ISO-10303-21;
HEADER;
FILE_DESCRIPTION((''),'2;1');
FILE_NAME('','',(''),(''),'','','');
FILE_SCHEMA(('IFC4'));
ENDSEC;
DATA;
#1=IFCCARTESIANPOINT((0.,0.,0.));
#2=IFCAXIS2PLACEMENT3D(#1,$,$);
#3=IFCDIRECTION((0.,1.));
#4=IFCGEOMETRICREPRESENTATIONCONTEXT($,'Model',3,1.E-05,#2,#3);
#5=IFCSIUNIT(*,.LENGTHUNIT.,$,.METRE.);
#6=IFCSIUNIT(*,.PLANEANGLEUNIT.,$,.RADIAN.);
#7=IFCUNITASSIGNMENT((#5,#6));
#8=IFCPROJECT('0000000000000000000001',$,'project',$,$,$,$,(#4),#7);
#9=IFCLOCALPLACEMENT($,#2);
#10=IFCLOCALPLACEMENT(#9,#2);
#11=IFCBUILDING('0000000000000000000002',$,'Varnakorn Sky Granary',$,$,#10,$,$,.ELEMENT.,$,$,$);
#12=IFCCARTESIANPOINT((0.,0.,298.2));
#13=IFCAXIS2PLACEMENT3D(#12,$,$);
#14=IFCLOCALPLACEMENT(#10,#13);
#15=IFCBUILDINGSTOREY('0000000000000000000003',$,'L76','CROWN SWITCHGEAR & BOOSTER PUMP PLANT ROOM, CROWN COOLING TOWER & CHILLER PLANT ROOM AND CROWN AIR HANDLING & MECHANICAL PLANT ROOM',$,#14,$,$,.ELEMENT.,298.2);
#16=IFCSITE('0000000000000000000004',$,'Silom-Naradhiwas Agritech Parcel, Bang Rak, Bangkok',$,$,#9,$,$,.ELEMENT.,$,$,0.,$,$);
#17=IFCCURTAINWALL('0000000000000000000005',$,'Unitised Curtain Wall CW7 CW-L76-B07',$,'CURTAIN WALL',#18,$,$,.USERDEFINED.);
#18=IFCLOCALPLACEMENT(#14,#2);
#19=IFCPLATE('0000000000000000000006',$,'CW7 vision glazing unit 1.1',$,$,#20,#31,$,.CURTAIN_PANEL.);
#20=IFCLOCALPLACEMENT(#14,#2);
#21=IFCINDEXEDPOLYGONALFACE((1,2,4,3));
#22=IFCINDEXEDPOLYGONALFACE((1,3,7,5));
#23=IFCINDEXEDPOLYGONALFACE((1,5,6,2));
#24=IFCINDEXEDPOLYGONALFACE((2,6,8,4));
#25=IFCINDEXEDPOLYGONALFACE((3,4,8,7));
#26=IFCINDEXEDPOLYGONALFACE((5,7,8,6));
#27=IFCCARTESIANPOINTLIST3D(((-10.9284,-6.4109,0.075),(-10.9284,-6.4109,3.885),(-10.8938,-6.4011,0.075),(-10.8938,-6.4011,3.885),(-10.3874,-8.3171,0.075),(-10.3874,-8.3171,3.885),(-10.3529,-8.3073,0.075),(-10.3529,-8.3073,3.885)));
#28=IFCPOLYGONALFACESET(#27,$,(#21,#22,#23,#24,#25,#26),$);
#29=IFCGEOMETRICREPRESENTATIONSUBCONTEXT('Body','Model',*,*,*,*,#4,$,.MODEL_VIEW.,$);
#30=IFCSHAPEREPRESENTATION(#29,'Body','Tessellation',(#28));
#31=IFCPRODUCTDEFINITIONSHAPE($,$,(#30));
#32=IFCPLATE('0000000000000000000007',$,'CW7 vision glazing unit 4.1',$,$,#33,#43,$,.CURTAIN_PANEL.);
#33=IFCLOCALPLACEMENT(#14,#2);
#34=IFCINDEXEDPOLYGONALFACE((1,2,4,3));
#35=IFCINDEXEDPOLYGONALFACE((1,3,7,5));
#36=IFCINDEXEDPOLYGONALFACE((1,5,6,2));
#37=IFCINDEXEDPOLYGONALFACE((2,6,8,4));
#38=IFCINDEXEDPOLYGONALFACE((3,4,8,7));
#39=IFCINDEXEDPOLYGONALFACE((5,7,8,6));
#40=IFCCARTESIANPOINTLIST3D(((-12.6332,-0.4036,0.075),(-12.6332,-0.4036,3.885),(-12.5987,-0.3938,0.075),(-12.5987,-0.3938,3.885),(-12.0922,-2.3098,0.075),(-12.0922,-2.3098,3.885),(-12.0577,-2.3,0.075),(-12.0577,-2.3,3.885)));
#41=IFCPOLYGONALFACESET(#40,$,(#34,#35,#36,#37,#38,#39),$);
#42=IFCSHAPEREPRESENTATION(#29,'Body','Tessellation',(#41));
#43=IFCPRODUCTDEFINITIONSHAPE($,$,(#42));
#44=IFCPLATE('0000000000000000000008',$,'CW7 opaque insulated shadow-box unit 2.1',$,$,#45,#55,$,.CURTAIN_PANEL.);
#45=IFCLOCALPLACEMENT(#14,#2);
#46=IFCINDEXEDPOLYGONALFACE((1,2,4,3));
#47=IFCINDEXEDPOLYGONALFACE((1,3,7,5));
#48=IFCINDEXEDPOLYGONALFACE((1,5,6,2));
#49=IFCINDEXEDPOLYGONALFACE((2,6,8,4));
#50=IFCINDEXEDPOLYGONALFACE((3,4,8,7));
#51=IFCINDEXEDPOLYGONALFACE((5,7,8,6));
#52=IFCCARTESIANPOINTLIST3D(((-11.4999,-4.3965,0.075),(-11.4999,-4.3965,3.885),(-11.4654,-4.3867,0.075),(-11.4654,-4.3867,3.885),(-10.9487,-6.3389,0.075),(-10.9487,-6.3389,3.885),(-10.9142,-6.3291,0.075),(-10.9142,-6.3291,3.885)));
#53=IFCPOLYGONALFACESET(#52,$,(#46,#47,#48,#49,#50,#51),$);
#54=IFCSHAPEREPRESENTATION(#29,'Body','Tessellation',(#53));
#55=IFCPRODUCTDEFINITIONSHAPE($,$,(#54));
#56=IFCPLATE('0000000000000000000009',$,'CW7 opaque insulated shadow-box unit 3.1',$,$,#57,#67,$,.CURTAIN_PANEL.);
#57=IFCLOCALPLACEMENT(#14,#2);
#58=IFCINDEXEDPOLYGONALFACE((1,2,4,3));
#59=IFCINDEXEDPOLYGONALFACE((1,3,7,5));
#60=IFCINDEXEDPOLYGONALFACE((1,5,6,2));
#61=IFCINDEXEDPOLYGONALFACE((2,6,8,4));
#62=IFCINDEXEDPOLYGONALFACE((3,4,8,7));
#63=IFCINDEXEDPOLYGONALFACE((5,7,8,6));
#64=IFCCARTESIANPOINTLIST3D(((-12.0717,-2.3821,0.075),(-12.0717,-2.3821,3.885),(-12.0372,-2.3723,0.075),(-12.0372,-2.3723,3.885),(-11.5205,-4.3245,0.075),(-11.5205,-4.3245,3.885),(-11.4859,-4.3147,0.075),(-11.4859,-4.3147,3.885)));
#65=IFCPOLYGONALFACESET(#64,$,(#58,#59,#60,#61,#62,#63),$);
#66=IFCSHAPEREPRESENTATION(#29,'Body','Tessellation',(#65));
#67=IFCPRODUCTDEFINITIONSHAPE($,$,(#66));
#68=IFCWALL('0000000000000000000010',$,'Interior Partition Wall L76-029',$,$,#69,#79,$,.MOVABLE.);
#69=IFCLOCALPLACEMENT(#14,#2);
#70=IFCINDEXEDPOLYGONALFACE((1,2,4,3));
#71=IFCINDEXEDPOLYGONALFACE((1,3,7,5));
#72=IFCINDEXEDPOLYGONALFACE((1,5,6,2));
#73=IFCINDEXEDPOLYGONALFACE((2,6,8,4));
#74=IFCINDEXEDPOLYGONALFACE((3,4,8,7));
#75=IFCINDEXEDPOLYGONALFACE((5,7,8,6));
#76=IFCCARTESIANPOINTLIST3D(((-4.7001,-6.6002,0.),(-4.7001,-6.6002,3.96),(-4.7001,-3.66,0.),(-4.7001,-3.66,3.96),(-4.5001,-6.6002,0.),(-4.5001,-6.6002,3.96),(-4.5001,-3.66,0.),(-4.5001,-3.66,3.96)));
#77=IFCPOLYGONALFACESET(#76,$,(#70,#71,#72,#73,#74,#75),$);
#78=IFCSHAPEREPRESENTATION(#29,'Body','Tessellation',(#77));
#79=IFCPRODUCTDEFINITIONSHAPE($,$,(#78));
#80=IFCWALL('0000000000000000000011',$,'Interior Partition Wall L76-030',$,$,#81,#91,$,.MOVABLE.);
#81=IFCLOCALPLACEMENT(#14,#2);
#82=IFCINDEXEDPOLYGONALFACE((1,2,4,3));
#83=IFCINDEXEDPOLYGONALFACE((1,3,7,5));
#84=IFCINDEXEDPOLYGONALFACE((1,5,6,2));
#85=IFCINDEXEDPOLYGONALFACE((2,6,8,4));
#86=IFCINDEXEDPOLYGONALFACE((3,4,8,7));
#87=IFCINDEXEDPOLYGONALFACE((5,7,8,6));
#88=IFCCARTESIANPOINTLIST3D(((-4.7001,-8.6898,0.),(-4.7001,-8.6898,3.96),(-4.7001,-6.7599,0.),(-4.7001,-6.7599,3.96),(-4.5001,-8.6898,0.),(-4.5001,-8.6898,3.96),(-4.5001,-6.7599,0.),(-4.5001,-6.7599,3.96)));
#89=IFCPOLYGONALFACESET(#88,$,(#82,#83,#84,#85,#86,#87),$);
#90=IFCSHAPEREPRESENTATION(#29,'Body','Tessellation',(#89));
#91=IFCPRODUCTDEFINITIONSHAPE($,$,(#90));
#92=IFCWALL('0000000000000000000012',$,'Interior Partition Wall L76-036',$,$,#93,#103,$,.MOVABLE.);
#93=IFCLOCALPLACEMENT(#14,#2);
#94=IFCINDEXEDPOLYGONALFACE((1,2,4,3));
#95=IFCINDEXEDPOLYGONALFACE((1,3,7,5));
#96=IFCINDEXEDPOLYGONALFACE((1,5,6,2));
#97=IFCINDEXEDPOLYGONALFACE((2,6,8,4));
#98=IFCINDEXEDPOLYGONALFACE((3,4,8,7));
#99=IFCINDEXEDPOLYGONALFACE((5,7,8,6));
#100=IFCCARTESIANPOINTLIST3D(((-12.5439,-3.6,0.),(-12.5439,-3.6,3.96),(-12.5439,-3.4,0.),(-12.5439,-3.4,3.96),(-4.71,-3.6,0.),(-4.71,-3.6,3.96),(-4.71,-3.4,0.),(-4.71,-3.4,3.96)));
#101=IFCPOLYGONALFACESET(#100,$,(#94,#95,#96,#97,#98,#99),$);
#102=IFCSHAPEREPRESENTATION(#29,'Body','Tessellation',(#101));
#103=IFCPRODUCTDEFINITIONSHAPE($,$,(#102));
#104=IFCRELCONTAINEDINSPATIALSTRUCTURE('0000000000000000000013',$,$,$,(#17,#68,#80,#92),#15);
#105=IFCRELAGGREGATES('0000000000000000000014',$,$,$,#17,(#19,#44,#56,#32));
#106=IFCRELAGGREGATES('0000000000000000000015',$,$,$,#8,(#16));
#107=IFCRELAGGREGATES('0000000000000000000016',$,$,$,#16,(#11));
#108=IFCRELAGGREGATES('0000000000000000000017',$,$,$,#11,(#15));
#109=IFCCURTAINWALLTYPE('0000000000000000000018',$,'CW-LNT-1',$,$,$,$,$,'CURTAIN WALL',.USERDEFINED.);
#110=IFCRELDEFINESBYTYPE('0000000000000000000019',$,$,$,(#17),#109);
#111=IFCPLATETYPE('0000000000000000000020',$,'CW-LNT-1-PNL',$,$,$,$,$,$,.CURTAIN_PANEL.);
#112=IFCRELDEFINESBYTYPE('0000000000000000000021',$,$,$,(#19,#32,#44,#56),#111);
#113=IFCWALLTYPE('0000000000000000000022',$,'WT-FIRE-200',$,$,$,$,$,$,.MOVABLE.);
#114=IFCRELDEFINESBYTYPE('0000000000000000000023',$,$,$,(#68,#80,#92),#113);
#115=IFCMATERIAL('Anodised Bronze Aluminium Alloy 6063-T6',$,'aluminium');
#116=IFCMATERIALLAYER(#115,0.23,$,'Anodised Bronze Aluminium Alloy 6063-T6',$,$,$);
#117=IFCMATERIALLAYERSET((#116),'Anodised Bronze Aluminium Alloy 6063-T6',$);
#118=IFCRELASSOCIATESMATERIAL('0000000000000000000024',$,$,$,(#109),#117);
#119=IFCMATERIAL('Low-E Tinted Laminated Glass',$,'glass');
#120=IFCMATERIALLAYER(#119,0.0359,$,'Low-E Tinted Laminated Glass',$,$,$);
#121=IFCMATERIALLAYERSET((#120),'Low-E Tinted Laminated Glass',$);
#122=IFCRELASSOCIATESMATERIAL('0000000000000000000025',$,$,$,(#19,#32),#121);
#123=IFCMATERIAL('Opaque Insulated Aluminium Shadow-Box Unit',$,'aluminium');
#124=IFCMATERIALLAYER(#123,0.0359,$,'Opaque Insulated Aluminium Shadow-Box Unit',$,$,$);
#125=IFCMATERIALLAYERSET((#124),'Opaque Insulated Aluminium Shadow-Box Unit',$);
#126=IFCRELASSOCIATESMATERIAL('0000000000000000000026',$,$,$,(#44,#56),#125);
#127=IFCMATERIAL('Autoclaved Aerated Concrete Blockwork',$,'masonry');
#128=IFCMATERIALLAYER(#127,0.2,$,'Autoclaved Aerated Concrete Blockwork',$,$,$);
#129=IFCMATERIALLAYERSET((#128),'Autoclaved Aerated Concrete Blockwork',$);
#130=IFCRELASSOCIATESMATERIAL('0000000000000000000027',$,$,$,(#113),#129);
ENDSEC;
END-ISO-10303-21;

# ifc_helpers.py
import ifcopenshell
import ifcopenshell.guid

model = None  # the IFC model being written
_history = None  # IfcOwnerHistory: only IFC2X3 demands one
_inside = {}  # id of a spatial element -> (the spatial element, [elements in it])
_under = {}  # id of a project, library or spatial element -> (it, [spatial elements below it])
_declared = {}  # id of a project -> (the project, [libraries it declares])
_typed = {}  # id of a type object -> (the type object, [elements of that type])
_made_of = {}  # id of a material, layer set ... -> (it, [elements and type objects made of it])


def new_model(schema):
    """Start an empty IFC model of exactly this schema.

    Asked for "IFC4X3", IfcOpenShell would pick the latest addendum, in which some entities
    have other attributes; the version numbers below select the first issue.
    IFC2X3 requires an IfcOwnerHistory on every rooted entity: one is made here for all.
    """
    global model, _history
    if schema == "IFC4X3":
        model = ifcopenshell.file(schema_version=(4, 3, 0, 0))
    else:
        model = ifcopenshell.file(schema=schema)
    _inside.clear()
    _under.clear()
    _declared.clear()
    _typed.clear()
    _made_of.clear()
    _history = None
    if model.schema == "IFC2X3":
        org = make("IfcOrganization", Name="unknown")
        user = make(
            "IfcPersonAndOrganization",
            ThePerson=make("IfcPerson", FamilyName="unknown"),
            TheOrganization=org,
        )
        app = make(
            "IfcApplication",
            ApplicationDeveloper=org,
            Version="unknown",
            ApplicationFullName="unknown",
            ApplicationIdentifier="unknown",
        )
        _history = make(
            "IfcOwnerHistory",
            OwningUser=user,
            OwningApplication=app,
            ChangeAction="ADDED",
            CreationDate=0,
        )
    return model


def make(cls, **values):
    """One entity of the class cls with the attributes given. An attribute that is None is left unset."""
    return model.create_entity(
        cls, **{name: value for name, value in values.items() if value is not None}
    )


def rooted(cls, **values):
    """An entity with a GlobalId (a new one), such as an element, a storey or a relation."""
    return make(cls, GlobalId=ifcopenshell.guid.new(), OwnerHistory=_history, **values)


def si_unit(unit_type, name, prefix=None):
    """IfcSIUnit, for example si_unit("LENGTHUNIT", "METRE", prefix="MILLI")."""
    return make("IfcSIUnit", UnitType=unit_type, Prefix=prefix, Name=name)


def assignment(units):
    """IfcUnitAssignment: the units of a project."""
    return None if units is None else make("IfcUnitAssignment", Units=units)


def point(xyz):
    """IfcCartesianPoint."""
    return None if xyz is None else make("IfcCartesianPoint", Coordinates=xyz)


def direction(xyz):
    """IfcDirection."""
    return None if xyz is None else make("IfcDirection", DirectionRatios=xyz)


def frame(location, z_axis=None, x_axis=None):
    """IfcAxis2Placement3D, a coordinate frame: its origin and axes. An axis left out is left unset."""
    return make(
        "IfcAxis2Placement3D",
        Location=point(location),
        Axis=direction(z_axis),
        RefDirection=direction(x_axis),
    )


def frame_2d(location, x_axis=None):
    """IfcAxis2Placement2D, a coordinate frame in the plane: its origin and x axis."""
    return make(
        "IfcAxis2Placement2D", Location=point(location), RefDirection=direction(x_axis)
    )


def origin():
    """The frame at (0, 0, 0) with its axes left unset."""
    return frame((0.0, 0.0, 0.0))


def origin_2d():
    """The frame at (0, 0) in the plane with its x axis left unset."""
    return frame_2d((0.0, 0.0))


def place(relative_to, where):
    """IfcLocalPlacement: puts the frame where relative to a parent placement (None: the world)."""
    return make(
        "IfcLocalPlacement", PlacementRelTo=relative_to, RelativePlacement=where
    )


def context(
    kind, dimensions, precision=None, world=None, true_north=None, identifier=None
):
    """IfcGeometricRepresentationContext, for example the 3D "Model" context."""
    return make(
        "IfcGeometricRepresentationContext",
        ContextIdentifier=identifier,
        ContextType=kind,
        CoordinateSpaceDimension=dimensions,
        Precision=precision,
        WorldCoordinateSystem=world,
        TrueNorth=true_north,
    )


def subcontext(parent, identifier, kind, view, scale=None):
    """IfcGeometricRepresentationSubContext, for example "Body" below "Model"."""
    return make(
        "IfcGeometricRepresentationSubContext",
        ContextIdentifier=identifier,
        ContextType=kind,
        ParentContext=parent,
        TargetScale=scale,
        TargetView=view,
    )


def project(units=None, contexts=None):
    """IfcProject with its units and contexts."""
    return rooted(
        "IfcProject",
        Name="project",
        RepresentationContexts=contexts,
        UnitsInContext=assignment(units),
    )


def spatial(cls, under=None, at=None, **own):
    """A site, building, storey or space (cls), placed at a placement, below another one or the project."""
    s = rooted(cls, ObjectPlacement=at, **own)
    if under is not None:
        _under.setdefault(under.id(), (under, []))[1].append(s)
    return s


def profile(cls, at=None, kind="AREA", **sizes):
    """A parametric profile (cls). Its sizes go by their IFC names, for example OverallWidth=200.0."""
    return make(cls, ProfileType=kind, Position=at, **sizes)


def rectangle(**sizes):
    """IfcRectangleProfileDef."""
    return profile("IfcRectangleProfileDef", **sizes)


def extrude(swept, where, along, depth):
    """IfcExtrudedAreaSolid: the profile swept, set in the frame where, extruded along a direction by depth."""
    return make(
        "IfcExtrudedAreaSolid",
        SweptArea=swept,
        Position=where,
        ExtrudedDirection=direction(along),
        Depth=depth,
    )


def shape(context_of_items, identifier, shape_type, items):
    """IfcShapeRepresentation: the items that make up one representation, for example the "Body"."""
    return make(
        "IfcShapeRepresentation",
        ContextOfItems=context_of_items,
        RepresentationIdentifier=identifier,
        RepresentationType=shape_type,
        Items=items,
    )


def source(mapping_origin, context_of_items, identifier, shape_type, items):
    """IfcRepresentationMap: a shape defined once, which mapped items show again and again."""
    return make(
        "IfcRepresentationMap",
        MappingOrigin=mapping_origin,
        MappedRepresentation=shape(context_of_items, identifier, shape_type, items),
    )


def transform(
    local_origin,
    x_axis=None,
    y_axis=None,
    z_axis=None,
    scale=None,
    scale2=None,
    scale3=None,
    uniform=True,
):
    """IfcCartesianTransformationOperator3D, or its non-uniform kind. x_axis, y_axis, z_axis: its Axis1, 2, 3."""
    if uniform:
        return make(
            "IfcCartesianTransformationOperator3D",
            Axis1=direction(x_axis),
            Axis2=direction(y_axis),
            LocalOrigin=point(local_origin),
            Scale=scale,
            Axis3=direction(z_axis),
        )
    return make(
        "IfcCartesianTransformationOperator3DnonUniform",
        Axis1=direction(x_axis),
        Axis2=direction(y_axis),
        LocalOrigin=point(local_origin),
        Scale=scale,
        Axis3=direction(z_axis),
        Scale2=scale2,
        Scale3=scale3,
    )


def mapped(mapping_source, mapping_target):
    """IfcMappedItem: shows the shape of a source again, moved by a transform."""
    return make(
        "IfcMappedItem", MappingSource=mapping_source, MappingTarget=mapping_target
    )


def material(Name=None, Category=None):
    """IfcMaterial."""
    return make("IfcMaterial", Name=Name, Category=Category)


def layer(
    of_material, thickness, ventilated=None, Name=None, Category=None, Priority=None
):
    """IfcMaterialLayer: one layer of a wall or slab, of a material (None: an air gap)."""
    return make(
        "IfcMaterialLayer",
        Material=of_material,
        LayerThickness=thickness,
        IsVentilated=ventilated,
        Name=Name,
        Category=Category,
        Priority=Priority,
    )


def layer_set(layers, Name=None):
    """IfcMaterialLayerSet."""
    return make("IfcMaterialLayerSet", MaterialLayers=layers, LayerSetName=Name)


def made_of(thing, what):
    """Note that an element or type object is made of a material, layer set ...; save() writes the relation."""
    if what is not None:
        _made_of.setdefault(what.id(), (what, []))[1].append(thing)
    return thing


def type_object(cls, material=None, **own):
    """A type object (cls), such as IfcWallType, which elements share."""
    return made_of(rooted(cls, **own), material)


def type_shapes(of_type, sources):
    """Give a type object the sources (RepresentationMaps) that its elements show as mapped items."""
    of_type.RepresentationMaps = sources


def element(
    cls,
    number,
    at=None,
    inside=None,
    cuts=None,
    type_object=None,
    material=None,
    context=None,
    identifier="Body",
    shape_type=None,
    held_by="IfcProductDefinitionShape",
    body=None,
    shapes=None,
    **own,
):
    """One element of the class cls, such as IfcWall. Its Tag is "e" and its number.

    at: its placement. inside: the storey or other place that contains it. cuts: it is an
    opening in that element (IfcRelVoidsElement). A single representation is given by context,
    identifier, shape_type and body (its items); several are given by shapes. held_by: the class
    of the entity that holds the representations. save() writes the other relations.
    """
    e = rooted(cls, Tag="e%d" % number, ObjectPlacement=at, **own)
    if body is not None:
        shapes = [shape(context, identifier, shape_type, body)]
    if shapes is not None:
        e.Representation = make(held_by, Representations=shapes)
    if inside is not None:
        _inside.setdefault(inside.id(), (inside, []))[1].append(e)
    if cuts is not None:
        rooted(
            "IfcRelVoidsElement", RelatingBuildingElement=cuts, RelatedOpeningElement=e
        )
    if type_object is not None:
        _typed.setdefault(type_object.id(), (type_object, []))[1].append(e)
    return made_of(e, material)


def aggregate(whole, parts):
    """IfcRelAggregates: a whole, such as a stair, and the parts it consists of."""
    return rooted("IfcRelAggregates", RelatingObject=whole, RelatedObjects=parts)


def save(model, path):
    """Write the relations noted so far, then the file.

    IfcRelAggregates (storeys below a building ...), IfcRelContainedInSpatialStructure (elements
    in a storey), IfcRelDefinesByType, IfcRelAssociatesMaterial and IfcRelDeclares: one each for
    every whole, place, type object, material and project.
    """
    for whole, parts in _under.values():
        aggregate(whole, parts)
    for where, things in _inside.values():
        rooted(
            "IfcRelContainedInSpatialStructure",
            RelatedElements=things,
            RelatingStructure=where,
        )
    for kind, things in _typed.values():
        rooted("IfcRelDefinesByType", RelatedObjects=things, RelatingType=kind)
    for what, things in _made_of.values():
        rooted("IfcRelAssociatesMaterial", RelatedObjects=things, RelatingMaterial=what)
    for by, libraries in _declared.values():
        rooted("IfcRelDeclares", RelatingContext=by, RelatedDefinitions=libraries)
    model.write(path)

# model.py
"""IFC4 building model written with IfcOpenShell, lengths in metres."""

from ifc_helpers import new_model, si_unit, direction, frame, frame_2d, origin, origin_2d, place, context, subcontext, project, spatial, rectangle, extrude, source, transform, mapped, material, layer, layer_set, type_object, type_shapes, element, aggregate, save


model = new_model("IFC4")

# Units and contexts
model_context = context("Model", 3, precision=1e-05, world=origin(), true_north=direction((0.0, 1.0)))
body_context = subcontext(model_context, "Body", "Model", "MODEL_VIEW")
ifc_project = project(units=[si_unit("LENGTHUNIT", "METRE"), si_unit("PLANEANGLEUNIT", "RADIAN")], contexts=[model_context])

# Site, building, storey
site_placement = place(None, origin())
site = spatial("IfcSite", under=ifc_project, at=site_placement, Name="Silom-Naradhiwas Agritech Parcel, Bang Rak, Bangkok", CompositionType="ELEMENT", RefElevation=0.0)
building_placement = place(site_placement, origin())
building = spatial("IfcBuilding", under=site, at=building_placement, Name="Varnakorn Sky Granary", CompositionType="ELEMENT")
storey_placement = place(building_placement, frame((0.0, 0.0, 298.2)))
storey = spatial("IfcBuildingStorey", under=building, at=storey_placement, Name="L76", Description="CROWN SWITCHGEAR & BOOSTER PUMP PLANT ROOM, CROWN COOLING TOWER & CHILLER PLANT ROOM AND CROWN AIR HANDLING & MECHANICAL PLANT ROOM", CompositionType="ELEMENT", Elevation=298.2)

# Shared definitions
ifc_material_1 = material(Name="Anodised Bronze Aluminium Alloy 6063-T6", Category="aluminium")
ifc_layer_1 = layer(ifc_material_1, 0.23, Name="Anodised Bronze Aluminium Alloy 6063-T6")
ifc_layer_set_1 = layer_set([ifc_layer_1], Name="Anodised Bronze Aluminium Alloy 6063-T6")
curtain_wall_type = type_object("IfcCurtainWallType", Name="CW-LNT-1", ElementType="CURTAIN WALL", PredefinedType="USERDEFINED", material=ifc_layer_set_1)

# Curtain wall
curtain_wall_1_placement = place(storey_placement, origin())
curtain_wall_1 = element("IfcCurtainWall", 1, at=curtain_wall_1_placement, inside=storey, type_object=curtain_wall_type, Name="Unitised Curtain Wall CW7 CW-L76-B07", ObjectType="CURTAIN WALL", PredefinedType="USERDEFINED")

# Plates
ifc_material_2 = material(Name="Low-E Tinted Laminated Glass", Category="glass")
ifc_layer_2 = layer(ifc_material_2, 0.0359, Name="Low-E Tinted Laminated Glass")
ifc_layer_set_2 = layer_set([ifc_layer_2], Name="Low-E Tinted Laminated Glass")
plate_type = type_object("IfcPlateType", Name="CW-LNT-1-PNL", PredefinedType="CURTAIN_PANEL")
shared_shape_1 = source(origin(), body_context, "Body", "SweptSolid", [
    extrude(rectangle(XDim=1.9814, YDim=0.0359, at=origin_2d()), origin(), (0.0, 0.0, 1.0), 3.8101),
])
plate_1_placement = place(storey_placement, frame((-10.6406, -7.3591, 0.075), z_axis=(0.0, 0.0, 1.0), x_axis=(-0.273007, 0.962012, 0.0)))
plate_1 = element("IfcPlate", 2, at=plate_1_placement, type_object=plate_type, material=ifc_layer_set_2, Name="CW7 vision glazing unit 1.1", PredefinedType="CURTAIN_PANEL", context=body_context, shape_type="MappedRepresentation", body=[
    mapped(shared_shape_1, transform((0.0, 0.0, 0.0), x_axis=(1.0, 0.0, 0.0), y_axis=(0.0, 1.0, 0.0), z_axis=(0.0, 0.0, 1.0), scale=1.0)),
])
plate_2_placement = place(storey_placement, frame((-12.3455, -1.3518, 0.075), z_axis=(0.0, 0.0, 1.0), x_axis=(-0.273007, 0.962012, 0.0)))
plate_2 = element("IfcPlate", 3, at=plate_2_placement, type_object=plate_type, material=ifc_layer_set_2, Name="CW7 vision glazing unit 4.1", PredefinedType="CURTAIN_PANEL", context=body_context, shape_type="MappedRepresentation", body=[
    mapped(shared_shape_1, transform((0.0, 0.0, 0.0), x_axis=(1.0, 0.0, 0.0), y_axis=(0.0, 1.0, 0.0), z_axis=(0.0, 0.0, 1.0), scale=1.0)),
])
ifc_material_3 = material(Name="Opaque Insulated Aluminium Shadow-Box Unit", Category="aluminium")
ifc_layer_3 = layer(ifc_material_3, 0.0359, Name="Opaque Insulated Aluminium Shadow-Box Unit")
ifc_layer_set_3 = layer_set([ifc_layer_3], Name="Opaque Insulated Aluminium Shadow-Box Unit")
shared_shape_2 = source(origin(), body_context, "Body", "SweptSolid", [
    extrude(rectangle(XDim=2.019, YDim=0.0359, at=origin_2d()), origin(), (0.0, 0.0, 1.0), 3.8101),
])
type_shapes(plate_type, [shared_shape_1, shared_shape_2])
plate_3_placement = place(storey_placement, frame((-11.207, -5.3628, 0.075), z_axis=(0.0, 0.0, 1.0), x_axis=(-0.273007, 0.962012, 0.0)))
plate_3 = element("IfcPlate", 4, at=plate_3_placement, type_object=plate_type, material=ifc_layer_set_3, Name="CW7 opaque insulated shadow-box unit 2.1", PredefinedType="CURTAIN_PANEL", context=body_context, shape_type="MappedRepresentation", body=[
    mapped(shared_shape_2, transform((0.0, 0.0, 0.0), x_axis=(1.0, 0.0, 0.0), y_axis=(0.0, 1.0, 0.0), z_axis=(0.0, 0.0, 1.0), scale=1.0)),
])
plate_4_placement = place(storey_placement, frame((-11.7788, -3.3484, 0.075), z_axis=(0.0, 0.0, 1.0), x_axis=(-0.273007, 0.962012, 0.0)))
plate_4 = element("IfcPlate", 5, at=plate_4_placement, type_object=plate_type, material=ifc_layer_set_3, Name="CW7 opaque insulated shadow-box unit 3.1", PredefinedType="CURTAIN_PANEL", context=body_context, shape_type="MappedRepresentation", body=[
    mapped(shared_shape_2, transform((0.0, 0.0, 0.0), x_axis=(1.0, 0.0, 0.0), y_axis=(0.0, 1.0, 0.0), z_axis=(0.0, 0.0, 1.0), scale=1.0)),
])
aggregate(curtain_wall_1, [plate_1, plate_3, plate_4, plate_2])

# Walls
ifc_material_4 = material(Name="Autoclaved Aerated Concrete Blockwork", Category="masonry")
ifc_layer_4 = layer(ifc_material_4, 0.2, Name="Autoclaved Aerated Concrete Blockwork")
ifc_layer_set_4 = layer_set([ifc_layer_4], Name="Autoclaved Aerated Concrete Blockwork")
wall_type = type_object("IfcWallType", Name="WT-FIRE-200", PredefinedType="MOVABLE", material=ifc_layer_set_4)
wall_1_placement = place(storey_placement, frame((-4.6001, -3.6599, 0.0), z_axis=(0.0, 0.0, 1.0), x_axis=(0.0, -1.0, 0.0)))
element("IfcWall", 6, at=wall_1_placement, inside=storey, type_object=wall_type, Name="Interior Partition Wall L76-029", PredefinedType="MOVABLE", context=body_context, shape_type="SweptSolid", body=[
    extrude(rectangle(XDim=2.9402, YDim=0.2, at=frame_2d((1.4702, 0.0))), origin(), (0.0, 0.0, 1.0), 3.96),
])
wall_2_placement = place(storey_placement, frame((-4.6001, -6.76, 0.0), z_axis=(0.0, 0.0, 1.0), x_axis=(0.0, -1.0, 0.0)))
element("IfcWall", 7, at=wall_2_placement, inside=storey, type_object=wall_type, Name="Interior Partition Wall L76-030", PredefinedType="MOVABLE", context=body_context, shape_type="SweptSolid", body=[
    extrude(rectangle(XDim=1.9299, YDim=0.2, at=frame_2d((0.9648, 0.0))), origin(), (0.0, 0.0, 1.0), 3.96),
])
wall_3_placement = place(storey_placement, frame((-4.71, -3.5, 0.0), z_axis=(0.0, 0.0, 1.0), x_axis=(-1.0, 0.0, 0.0)))
element("IfcWall", 8, at=wall_3_placement, inside=storey, type_object=wall_type, Name="Interior Partition Wall L76-036", PredefinedType="MOVABLE", context=body_context, shape_type="SweptSolid", body=[
    extrude(rectangle(XDim=7.834, YDim=0.2, at=frame_2d((3.917, 0.0))), origin(), (0.0, 0.0, 1.0), 3.96),
])

save(model, "model.ifc")
